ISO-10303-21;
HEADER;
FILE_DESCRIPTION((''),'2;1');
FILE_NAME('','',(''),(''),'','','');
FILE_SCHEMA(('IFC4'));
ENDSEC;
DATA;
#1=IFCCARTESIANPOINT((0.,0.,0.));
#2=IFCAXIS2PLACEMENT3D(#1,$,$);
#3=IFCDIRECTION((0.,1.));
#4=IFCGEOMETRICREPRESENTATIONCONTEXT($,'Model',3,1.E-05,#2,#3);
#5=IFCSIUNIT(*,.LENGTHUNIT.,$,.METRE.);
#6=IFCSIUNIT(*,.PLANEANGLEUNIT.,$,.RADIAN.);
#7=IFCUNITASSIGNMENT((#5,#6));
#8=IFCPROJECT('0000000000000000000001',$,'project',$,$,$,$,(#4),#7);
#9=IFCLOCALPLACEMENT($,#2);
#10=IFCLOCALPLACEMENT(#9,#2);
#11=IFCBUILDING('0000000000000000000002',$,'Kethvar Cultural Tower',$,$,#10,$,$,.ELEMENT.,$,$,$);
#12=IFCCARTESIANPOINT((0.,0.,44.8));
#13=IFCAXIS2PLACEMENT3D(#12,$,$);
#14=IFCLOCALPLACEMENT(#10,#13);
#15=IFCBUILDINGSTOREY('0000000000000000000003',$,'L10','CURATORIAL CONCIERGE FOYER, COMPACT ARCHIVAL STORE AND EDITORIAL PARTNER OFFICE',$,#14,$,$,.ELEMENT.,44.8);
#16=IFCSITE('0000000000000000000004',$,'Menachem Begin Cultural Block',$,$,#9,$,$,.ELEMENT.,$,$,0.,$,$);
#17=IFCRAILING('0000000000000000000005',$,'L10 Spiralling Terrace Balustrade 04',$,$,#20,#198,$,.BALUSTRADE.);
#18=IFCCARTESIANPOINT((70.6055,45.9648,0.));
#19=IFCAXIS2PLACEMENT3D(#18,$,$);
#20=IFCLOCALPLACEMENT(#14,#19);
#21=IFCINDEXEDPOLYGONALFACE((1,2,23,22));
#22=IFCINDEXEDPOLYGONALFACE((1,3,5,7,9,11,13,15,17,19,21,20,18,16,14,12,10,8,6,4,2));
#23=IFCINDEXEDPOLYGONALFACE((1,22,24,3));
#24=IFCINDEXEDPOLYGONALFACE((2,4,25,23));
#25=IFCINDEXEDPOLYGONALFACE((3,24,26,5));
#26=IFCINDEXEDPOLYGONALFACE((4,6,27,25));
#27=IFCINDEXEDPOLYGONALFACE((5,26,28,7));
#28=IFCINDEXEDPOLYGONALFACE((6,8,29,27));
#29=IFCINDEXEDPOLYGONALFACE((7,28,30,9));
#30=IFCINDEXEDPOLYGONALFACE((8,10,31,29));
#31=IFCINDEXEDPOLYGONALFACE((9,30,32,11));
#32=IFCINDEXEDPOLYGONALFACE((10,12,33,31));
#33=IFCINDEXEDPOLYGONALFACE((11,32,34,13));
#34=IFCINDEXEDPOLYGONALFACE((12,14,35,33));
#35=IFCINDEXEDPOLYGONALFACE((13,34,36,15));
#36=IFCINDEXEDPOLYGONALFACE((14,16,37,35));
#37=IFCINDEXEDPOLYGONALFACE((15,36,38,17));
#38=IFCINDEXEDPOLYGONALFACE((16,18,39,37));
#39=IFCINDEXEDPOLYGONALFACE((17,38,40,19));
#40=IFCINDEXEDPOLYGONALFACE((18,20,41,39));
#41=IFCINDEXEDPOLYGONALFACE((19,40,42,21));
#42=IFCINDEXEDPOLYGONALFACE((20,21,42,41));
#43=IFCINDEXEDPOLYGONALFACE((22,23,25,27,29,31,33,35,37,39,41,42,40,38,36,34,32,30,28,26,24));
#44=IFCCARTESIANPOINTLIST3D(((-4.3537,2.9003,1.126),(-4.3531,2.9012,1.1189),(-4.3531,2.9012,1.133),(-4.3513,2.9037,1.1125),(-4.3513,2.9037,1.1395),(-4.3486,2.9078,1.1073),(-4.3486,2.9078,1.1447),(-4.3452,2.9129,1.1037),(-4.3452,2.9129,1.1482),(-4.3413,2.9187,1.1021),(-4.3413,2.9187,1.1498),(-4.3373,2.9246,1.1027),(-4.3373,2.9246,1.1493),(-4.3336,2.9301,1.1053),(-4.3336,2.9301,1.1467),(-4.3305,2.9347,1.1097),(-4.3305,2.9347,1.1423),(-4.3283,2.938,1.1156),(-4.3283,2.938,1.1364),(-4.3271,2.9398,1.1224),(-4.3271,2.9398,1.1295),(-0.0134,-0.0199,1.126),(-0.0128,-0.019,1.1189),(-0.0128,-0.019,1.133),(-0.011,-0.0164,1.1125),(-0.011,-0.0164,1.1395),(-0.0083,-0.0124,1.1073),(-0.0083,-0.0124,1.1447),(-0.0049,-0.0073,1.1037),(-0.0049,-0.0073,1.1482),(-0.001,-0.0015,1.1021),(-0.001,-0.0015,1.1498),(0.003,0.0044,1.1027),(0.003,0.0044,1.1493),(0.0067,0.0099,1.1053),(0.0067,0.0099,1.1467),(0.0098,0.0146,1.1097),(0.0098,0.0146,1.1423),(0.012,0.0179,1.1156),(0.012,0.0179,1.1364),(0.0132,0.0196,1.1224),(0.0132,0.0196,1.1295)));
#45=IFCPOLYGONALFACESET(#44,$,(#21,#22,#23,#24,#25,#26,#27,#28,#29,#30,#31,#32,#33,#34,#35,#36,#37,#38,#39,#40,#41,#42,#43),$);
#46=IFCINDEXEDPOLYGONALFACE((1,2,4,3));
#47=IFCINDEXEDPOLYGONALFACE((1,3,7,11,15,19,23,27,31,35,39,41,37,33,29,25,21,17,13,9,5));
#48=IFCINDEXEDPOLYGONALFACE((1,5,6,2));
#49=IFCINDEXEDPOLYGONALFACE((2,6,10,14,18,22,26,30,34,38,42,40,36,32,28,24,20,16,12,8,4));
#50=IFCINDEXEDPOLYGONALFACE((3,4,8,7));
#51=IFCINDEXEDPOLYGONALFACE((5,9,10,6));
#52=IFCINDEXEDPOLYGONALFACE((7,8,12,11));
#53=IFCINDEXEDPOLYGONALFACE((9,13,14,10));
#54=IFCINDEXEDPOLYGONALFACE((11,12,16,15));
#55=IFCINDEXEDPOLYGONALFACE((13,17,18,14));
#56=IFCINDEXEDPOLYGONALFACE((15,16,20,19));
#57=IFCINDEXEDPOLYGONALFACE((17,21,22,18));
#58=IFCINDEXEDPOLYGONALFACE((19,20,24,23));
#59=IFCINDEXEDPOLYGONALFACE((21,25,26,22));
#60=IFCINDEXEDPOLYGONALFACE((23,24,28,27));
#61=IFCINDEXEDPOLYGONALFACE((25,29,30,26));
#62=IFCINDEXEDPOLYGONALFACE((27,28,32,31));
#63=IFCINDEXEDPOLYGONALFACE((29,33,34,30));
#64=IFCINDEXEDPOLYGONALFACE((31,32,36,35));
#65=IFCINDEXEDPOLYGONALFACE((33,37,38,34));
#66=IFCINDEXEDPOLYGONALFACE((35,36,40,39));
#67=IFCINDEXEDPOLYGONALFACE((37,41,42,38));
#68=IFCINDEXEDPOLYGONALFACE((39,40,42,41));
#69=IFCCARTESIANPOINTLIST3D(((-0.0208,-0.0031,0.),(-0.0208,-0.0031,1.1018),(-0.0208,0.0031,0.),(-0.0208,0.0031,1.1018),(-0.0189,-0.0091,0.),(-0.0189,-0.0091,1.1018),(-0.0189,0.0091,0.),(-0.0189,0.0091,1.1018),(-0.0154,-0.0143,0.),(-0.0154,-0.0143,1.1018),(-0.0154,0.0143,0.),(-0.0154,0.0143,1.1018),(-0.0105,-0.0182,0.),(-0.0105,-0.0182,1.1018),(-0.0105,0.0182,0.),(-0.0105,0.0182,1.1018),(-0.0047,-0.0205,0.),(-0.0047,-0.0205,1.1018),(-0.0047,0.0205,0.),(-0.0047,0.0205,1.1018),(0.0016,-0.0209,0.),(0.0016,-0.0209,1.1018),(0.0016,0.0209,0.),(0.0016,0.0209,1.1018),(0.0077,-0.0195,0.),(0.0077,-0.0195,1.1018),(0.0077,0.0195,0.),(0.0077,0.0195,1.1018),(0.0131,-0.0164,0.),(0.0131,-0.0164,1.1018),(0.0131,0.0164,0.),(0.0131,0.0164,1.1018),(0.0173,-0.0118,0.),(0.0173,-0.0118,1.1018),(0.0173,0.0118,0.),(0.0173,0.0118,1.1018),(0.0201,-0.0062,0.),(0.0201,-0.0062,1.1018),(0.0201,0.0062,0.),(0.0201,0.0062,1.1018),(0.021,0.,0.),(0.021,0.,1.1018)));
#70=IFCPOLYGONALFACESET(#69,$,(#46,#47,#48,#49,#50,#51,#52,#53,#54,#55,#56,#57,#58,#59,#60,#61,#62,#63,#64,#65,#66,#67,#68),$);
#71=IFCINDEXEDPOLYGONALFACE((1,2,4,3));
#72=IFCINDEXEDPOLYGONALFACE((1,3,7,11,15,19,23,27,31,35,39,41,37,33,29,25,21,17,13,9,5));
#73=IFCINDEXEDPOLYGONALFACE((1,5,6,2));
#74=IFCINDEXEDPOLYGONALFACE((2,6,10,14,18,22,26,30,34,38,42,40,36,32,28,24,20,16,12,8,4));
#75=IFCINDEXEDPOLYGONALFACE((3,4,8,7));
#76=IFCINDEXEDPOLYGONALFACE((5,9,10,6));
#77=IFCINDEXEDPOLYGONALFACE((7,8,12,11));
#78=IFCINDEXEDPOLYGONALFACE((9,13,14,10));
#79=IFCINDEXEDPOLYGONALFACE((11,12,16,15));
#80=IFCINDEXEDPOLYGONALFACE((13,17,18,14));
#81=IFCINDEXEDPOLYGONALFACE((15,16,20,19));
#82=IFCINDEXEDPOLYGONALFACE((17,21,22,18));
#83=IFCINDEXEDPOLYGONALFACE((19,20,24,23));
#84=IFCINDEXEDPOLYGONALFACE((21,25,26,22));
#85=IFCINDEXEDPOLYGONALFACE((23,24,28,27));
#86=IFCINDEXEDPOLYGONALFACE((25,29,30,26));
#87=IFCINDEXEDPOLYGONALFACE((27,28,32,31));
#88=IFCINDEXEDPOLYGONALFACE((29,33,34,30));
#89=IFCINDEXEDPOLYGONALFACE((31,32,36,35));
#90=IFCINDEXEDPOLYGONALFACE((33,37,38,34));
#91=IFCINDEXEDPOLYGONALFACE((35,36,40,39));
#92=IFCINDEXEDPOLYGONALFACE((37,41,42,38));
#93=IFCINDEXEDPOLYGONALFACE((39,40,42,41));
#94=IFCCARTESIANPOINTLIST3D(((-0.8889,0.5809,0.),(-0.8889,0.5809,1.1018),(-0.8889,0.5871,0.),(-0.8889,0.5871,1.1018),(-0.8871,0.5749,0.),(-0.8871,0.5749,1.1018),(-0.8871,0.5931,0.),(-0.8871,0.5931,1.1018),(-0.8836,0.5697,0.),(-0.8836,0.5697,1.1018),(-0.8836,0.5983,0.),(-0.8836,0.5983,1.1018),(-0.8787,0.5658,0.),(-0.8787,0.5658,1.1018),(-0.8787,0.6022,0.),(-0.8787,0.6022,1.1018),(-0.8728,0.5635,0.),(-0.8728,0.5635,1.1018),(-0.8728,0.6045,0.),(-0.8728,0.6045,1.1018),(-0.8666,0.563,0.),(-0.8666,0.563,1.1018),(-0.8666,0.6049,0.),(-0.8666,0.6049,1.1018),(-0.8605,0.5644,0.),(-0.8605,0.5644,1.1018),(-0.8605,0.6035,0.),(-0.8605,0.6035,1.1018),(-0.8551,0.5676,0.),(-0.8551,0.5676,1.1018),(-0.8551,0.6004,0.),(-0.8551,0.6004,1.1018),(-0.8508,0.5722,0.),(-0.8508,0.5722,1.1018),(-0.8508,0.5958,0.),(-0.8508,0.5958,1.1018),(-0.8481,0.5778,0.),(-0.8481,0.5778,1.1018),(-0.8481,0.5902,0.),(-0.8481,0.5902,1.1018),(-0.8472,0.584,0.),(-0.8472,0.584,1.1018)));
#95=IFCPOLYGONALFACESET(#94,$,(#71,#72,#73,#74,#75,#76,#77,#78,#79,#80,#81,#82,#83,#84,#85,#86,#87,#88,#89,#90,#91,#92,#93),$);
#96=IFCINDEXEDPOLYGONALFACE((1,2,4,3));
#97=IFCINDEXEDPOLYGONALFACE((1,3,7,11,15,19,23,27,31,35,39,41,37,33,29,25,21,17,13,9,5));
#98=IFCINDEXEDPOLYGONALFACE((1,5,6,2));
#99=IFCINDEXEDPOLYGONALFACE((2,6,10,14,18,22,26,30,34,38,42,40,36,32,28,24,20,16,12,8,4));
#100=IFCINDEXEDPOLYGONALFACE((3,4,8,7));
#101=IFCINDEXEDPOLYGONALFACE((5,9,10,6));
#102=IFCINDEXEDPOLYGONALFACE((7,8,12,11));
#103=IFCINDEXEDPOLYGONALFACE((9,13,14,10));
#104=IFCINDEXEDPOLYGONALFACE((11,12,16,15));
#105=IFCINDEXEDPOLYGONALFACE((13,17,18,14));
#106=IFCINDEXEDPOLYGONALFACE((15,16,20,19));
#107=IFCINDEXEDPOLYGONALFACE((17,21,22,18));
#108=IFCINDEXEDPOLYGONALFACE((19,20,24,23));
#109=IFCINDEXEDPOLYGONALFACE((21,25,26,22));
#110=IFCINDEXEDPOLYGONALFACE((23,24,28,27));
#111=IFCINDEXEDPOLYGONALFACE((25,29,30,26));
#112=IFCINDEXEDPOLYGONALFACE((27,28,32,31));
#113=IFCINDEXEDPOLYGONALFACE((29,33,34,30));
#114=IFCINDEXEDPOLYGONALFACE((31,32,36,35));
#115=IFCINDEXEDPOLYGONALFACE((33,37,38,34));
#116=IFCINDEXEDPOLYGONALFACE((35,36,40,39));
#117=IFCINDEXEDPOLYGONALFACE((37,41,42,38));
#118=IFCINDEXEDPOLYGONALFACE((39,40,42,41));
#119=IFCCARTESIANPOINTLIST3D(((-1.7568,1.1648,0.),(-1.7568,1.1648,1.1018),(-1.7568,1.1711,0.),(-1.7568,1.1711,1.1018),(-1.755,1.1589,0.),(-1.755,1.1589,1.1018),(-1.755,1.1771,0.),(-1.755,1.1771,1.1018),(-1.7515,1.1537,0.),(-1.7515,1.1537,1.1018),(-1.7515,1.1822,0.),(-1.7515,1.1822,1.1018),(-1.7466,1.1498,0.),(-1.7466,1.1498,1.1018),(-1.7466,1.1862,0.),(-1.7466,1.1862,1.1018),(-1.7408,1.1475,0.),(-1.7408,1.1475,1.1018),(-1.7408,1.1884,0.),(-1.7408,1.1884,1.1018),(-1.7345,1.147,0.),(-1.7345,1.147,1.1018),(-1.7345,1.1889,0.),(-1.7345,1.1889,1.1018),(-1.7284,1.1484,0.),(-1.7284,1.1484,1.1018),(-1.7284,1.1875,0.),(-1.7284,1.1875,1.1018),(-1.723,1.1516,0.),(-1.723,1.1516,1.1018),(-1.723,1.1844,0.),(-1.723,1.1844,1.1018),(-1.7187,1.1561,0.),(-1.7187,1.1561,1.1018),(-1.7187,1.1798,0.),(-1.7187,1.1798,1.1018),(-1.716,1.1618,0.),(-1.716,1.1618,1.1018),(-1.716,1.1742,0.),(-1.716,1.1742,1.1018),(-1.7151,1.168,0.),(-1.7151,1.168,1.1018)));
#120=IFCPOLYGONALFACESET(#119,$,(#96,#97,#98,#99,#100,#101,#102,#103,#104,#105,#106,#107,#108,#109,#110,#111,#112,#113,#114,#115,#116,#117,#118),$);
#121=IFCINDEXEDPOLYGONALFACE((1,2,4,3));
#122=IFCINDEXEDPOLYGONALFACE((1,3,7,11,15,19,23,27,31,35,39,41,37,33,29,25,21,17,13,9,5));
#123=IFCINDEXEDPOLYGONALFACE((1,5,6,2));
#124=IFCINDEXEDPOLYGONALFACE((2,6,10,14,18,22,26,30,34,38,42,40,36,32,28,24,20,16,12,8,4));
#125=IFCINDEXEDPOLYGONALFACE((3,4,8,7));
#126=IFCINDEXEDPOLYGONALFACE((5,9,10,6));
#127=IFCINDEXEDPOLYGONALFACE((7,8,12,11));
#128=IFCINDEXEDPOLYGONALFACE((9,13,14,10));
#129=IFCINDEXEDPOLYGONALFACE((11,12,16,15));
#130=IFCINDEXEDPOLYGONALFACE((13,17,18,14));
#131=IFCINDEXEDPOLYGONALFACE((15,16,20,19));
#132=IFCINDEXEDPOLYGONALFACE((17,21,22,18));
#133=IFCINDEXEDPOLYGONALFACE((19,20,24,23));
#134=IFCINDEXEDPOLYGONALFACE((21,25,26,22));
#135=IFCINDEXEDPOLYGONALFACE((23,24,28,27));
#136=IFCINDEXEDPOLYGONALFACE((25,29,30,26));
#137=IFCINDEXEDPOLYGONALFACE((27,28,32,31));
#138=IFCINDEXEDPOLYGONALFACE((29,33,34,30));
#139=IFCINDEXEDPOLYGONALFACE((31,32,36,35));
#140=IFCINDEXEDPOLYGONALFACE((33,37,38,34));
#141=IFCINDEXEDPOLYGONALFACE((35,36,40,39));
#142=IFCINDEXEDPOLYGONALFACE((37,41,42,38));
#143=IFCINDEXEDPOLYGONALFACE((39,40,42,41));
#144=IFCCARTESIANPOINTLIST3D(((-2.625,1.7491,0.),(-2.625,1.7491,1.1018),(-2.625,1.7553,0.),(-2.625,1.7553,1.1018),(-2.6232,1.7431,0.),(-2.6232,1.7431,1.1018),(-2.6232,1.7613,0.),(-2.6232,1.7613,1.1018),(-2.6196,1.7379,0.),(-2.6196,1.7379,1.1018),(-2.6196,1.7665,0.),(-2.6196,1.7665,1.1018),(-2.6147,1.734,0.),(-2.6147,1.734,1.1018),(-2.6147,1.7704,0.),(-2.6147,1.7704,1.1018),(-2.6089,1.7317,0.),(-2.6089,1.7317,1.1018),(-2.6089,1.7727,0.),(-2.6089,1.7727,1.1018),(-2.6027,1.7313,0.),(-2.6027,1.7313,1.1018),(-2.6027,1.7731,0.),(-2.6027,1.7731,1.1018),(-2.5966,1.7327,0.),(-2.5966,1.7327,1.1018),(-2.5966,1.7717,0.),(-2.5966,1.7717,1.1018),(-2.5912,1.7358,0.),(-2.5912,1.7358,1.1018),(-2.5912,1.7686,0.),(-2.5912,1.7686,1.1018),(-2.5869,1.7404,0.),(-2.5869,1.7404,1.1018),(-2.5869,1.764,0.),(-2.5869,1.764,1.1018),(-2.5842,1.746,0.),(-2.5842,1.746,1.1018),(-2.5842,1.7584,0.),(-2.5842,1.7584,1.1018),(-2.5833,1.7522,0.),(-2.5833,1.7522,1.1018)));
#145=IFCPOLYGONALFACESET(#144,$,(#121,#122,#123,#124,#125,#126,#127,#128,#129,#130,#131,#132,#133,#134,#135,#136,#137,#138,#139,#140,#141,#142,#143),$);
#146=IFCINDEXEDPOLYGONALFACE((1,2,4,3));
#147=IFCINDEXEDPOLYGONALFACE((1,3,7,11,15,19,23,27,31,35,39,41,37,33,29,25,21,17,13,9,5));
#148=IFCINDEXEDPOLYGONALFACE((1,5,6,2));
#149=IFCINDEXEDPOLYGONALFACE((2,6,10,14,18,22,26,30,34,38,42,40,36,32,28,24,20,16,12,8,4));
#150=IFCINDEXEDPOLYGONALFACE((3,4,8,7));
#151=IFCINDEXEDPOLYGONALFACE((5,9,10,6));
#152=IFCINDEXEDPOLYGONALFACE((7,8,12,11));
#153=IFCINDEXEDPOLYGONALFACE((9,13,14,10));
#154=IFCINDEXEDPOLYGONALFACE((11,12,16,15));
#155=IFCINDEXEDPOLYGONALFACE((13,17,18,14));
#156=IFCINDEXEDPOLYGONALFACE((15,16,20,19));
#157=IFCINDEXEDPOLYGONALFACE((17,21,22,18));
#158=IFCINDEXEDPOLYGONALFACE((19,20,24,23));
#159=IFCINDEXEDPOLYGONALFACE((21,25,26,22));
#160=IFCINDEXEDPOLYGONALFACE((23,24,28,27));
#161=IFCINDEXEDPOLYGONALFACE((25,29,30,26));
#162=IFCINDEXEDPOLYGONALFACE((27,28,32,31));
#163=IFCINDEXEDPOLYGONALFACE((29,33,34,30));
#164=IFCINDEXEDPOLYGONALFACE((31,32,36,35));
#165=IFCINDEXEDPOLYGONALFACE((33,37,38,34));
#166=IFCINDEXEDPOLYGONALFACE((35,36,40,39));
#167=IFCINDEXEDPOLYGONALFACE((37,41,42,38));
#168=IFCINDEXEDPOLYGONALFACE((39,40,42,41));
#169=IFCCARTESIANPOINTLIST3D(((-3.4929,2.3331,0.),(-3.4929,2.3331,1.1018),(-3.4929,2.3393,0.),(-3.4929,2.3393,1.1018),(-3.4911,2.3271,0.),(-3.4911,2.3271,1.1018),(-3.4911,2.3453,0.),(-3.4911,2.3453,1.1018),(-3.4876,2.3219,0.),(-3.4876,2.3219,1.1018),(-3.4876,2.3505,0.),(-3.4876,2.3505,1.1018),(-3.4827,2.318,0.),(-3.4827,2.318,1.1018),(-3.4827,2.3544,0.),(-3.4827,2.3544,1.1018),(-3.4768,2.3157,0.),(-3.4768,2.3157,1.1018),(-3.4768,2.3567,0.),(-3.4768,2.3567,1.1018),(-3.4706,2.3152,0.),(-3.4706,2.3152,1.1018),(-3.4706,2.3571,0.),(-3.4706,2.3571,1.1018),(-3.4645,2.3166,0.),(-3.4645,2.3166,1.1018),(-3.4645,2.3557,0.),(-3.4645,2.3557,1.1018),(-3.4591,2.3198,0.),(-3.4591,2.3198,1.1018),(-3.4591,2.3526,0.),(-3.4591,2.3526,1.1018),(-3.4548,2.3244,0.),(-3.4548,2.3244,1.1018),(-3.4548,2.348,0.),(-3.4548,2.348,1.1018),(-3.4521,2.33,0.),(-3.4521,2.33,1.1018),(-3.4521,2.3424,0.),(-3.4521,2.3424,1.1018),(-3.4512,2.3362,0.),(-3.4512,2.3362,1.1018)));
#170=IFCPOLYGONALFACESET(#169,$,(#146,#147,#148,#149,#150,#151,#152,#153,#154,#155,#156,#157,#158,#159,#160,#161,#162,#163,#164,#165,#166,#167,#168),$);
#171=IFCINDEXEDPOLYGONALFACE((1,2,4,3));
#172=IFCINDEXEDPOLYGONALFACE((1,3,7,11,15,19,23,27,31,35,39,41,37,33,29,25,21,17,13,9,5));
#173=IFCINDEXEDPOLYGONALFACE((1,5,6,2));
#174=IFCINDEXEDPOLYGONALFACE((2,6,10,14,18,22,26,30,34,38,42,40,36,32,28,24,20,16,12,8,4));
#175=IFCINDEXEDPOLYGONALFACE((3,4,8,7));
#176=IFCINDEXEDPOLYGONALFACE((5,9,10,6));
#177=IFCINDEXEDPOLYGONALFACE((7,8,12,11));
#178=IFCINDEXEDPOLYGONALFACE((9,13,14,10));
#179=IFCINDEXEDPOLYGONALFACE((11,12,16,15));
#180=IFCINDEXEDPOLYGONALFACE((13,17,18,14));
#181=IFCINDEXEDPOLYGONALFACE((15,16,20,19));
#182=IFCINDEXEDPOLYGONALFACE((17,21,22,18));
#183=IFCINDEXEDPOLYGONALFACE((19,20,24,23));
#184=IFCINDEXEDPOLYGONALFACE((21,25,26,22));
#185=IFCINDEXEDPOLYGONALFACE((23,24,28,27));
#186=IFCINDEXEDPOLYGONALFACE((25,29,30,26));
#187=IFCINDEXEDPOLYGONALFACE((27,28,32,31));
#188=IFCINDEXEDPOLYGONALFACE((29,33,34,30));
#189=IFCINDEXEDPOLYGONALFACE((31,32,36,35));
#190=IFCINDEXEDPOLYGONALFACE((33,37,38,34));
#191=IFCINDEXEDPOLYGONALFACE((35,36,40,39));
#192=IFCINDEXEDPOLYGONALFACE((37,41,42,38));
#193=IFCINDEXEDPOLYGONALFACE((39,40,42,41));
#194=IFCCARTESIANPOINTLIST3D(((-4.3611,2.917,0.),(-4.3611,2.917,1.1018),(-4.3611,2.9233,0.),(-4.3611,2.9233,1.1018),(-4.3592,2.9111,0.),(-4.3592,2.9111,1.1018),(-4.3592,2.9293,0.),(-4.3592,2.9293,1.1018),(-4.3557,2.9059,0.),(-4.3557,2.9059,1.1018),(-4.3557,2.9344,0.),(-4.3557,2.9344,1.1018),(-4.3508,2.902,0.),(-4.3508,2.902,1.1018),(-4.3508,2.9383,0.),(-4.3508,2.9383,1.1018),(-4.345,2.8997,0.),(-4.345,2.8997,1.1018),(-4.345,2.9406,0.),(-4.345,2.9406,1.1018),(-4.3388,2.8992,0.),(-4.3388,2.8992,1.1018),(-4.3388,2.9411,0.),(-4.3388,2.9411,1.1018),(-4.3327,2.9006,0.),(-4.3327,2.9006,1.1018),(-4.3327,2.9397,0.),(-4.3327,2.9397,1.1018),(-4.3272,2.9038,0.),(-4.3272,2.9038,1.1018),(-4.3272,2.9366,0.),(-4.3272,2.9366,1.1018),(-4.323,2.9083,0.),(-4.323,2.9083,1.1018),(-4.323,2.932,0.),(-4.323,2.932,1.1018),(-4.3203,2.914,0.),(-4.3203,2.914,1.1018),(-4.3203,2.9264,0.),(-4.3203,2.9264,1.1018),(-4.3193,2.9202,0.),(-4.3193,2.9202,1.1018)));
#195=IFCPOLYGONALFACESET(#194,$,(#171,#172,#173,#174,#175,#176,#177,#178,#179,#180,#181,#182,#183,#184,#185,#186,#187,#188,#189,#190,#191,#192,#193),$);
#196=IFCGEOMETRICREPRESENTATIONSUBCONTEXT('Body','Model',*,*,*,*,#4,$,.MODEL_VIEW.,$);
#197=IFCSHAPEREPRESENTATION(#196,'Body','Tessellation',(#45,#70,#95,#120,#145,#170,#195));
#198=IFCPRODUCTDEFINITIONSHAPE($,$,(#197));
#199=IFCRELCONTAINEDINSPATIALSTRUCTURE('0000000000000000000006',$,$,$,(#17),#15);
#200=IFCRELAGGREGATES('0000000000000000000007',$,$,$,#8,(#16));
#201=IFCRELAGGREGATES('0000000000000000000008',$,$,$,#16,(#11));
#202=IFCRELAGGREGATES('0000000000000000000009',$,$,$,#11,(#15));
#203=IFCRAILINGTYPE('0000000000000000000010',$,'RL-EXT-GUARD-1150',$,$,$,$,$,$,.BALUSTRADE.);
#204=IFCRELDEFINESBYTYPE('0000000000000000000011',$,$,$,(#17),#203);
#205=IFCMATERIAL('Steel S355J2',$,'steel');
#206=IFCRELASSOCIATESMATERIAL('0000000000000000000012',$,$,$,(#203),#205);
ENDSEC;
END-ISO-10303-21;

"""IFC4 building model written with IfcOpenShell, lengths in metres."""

from ifc_helpers import new_model, si_unit, direction, frame, origin, origin_2d, place, context, subcontext, project, spatial, circle, extrude, material, type_object, element, save


model = new_model("IFC4")

# Units and contexts
model_context = context("Model", 3, precision=1e-05, world=origin(), true_north=direction((0.0, 1.0)))
body_context = subcontext(model_context, "Body", "Model", "MODEL_VIEW")
ifc_project = project(units=[si_unit("LENGTHUNIT", "METRE"), si_unit("PLANEANGLEUNIT", "RADIAN")], contexts=[model_context])

# Site, building, storey
site_placement = place(None, origin())
site = spatial("IfcSite", under=ifc_project, at=site_placement, Name="Menachem Begin Cultural Block", CompositionType="ELEMENT", RefElevation=0.0)
building_placement = place(site_placement, origin())
building = spatial("IfcBuilding", under=site, at=building_placement, Name="Kethvar Cultural Tower", CompositionType="ELEMENT")
storey_placement = place(building_placement, frame((0.0, 0.0, 44.8)))
storey = spatial("IfcBuildingStorey", under=building, at=storey_placement, Name="L10", Description="CURATORIAL CONCIERGE FOYER, COMPACT ARCHIVAL STORE AND EDITORIAL PARTNER OFFICE", CompositionType="ELEMENT", Elevation=44.8)

# Shared definitions
ifc_material_1 = material(Name="Steel S355J2", Category="steel")

# Railing
railing_type = type_object("IfcRailingType", Name="RL-EXT-GUARD-1150", PredefinedType="BALUSTRADE", material=ifc_material_1)
railing_1_placement = place(storey_placement, frame((70.6055, 45.9648, 0.0)))
element("IfcRailing", 1, at=railing_1_placement, inside=storey, type_object=railing_type, Name="L10 Spiralling Terrace Balustrade 04", PredefinedType="BALUSTRADE", context=body_context, shape_type="SweptSolid", body=[
    extrude(circle(Radius=0.0239, at=origin_2d()), frame((0.0, 0.0, 1.126), z_axis=(-0.829695, 0.558217, 0.0), x_axis=(-0.558217, -0.829695, 0.0)), (0.0, 0.0, 1.0), 5.2312),
    extrude(circle(Radius=0.021, at=origin_2d()), origin(), (0.0, 0.0, 1.0), 1.1018),
    extrude(circle(Radius=0.021, at=origin_2d()), frame((-0.8682, 0.584, 0.0)), (0.0, 0.0, 1.0), 1.1018),
    extrude(circle(Radius=0.021, at=origin_2d()), frame((-1.7361, 1.168, 0.0)), (0.0, 0.0, 1.0), 1.1018),
    extrude(circle(Radius=0.021, at=origin_2d()), frame((-2.6042, 1.7522, 0.0)), (0.0, 0.0, 1.0), 1.1018),
    extrude(circle(Radius=0.021, at=origin_2d()), frame((-3.4722, 2.3362, 0.0)), (0.0, 0.0, 1.0), 1.1018),
    extrude(circle(Radius=0.021, at=origin_2d()), frame((-4.3403, 2.9202, 0.0)), (0.0, 0.0, 1.0), 1.1018),
])

save(model, "model.ifc")
